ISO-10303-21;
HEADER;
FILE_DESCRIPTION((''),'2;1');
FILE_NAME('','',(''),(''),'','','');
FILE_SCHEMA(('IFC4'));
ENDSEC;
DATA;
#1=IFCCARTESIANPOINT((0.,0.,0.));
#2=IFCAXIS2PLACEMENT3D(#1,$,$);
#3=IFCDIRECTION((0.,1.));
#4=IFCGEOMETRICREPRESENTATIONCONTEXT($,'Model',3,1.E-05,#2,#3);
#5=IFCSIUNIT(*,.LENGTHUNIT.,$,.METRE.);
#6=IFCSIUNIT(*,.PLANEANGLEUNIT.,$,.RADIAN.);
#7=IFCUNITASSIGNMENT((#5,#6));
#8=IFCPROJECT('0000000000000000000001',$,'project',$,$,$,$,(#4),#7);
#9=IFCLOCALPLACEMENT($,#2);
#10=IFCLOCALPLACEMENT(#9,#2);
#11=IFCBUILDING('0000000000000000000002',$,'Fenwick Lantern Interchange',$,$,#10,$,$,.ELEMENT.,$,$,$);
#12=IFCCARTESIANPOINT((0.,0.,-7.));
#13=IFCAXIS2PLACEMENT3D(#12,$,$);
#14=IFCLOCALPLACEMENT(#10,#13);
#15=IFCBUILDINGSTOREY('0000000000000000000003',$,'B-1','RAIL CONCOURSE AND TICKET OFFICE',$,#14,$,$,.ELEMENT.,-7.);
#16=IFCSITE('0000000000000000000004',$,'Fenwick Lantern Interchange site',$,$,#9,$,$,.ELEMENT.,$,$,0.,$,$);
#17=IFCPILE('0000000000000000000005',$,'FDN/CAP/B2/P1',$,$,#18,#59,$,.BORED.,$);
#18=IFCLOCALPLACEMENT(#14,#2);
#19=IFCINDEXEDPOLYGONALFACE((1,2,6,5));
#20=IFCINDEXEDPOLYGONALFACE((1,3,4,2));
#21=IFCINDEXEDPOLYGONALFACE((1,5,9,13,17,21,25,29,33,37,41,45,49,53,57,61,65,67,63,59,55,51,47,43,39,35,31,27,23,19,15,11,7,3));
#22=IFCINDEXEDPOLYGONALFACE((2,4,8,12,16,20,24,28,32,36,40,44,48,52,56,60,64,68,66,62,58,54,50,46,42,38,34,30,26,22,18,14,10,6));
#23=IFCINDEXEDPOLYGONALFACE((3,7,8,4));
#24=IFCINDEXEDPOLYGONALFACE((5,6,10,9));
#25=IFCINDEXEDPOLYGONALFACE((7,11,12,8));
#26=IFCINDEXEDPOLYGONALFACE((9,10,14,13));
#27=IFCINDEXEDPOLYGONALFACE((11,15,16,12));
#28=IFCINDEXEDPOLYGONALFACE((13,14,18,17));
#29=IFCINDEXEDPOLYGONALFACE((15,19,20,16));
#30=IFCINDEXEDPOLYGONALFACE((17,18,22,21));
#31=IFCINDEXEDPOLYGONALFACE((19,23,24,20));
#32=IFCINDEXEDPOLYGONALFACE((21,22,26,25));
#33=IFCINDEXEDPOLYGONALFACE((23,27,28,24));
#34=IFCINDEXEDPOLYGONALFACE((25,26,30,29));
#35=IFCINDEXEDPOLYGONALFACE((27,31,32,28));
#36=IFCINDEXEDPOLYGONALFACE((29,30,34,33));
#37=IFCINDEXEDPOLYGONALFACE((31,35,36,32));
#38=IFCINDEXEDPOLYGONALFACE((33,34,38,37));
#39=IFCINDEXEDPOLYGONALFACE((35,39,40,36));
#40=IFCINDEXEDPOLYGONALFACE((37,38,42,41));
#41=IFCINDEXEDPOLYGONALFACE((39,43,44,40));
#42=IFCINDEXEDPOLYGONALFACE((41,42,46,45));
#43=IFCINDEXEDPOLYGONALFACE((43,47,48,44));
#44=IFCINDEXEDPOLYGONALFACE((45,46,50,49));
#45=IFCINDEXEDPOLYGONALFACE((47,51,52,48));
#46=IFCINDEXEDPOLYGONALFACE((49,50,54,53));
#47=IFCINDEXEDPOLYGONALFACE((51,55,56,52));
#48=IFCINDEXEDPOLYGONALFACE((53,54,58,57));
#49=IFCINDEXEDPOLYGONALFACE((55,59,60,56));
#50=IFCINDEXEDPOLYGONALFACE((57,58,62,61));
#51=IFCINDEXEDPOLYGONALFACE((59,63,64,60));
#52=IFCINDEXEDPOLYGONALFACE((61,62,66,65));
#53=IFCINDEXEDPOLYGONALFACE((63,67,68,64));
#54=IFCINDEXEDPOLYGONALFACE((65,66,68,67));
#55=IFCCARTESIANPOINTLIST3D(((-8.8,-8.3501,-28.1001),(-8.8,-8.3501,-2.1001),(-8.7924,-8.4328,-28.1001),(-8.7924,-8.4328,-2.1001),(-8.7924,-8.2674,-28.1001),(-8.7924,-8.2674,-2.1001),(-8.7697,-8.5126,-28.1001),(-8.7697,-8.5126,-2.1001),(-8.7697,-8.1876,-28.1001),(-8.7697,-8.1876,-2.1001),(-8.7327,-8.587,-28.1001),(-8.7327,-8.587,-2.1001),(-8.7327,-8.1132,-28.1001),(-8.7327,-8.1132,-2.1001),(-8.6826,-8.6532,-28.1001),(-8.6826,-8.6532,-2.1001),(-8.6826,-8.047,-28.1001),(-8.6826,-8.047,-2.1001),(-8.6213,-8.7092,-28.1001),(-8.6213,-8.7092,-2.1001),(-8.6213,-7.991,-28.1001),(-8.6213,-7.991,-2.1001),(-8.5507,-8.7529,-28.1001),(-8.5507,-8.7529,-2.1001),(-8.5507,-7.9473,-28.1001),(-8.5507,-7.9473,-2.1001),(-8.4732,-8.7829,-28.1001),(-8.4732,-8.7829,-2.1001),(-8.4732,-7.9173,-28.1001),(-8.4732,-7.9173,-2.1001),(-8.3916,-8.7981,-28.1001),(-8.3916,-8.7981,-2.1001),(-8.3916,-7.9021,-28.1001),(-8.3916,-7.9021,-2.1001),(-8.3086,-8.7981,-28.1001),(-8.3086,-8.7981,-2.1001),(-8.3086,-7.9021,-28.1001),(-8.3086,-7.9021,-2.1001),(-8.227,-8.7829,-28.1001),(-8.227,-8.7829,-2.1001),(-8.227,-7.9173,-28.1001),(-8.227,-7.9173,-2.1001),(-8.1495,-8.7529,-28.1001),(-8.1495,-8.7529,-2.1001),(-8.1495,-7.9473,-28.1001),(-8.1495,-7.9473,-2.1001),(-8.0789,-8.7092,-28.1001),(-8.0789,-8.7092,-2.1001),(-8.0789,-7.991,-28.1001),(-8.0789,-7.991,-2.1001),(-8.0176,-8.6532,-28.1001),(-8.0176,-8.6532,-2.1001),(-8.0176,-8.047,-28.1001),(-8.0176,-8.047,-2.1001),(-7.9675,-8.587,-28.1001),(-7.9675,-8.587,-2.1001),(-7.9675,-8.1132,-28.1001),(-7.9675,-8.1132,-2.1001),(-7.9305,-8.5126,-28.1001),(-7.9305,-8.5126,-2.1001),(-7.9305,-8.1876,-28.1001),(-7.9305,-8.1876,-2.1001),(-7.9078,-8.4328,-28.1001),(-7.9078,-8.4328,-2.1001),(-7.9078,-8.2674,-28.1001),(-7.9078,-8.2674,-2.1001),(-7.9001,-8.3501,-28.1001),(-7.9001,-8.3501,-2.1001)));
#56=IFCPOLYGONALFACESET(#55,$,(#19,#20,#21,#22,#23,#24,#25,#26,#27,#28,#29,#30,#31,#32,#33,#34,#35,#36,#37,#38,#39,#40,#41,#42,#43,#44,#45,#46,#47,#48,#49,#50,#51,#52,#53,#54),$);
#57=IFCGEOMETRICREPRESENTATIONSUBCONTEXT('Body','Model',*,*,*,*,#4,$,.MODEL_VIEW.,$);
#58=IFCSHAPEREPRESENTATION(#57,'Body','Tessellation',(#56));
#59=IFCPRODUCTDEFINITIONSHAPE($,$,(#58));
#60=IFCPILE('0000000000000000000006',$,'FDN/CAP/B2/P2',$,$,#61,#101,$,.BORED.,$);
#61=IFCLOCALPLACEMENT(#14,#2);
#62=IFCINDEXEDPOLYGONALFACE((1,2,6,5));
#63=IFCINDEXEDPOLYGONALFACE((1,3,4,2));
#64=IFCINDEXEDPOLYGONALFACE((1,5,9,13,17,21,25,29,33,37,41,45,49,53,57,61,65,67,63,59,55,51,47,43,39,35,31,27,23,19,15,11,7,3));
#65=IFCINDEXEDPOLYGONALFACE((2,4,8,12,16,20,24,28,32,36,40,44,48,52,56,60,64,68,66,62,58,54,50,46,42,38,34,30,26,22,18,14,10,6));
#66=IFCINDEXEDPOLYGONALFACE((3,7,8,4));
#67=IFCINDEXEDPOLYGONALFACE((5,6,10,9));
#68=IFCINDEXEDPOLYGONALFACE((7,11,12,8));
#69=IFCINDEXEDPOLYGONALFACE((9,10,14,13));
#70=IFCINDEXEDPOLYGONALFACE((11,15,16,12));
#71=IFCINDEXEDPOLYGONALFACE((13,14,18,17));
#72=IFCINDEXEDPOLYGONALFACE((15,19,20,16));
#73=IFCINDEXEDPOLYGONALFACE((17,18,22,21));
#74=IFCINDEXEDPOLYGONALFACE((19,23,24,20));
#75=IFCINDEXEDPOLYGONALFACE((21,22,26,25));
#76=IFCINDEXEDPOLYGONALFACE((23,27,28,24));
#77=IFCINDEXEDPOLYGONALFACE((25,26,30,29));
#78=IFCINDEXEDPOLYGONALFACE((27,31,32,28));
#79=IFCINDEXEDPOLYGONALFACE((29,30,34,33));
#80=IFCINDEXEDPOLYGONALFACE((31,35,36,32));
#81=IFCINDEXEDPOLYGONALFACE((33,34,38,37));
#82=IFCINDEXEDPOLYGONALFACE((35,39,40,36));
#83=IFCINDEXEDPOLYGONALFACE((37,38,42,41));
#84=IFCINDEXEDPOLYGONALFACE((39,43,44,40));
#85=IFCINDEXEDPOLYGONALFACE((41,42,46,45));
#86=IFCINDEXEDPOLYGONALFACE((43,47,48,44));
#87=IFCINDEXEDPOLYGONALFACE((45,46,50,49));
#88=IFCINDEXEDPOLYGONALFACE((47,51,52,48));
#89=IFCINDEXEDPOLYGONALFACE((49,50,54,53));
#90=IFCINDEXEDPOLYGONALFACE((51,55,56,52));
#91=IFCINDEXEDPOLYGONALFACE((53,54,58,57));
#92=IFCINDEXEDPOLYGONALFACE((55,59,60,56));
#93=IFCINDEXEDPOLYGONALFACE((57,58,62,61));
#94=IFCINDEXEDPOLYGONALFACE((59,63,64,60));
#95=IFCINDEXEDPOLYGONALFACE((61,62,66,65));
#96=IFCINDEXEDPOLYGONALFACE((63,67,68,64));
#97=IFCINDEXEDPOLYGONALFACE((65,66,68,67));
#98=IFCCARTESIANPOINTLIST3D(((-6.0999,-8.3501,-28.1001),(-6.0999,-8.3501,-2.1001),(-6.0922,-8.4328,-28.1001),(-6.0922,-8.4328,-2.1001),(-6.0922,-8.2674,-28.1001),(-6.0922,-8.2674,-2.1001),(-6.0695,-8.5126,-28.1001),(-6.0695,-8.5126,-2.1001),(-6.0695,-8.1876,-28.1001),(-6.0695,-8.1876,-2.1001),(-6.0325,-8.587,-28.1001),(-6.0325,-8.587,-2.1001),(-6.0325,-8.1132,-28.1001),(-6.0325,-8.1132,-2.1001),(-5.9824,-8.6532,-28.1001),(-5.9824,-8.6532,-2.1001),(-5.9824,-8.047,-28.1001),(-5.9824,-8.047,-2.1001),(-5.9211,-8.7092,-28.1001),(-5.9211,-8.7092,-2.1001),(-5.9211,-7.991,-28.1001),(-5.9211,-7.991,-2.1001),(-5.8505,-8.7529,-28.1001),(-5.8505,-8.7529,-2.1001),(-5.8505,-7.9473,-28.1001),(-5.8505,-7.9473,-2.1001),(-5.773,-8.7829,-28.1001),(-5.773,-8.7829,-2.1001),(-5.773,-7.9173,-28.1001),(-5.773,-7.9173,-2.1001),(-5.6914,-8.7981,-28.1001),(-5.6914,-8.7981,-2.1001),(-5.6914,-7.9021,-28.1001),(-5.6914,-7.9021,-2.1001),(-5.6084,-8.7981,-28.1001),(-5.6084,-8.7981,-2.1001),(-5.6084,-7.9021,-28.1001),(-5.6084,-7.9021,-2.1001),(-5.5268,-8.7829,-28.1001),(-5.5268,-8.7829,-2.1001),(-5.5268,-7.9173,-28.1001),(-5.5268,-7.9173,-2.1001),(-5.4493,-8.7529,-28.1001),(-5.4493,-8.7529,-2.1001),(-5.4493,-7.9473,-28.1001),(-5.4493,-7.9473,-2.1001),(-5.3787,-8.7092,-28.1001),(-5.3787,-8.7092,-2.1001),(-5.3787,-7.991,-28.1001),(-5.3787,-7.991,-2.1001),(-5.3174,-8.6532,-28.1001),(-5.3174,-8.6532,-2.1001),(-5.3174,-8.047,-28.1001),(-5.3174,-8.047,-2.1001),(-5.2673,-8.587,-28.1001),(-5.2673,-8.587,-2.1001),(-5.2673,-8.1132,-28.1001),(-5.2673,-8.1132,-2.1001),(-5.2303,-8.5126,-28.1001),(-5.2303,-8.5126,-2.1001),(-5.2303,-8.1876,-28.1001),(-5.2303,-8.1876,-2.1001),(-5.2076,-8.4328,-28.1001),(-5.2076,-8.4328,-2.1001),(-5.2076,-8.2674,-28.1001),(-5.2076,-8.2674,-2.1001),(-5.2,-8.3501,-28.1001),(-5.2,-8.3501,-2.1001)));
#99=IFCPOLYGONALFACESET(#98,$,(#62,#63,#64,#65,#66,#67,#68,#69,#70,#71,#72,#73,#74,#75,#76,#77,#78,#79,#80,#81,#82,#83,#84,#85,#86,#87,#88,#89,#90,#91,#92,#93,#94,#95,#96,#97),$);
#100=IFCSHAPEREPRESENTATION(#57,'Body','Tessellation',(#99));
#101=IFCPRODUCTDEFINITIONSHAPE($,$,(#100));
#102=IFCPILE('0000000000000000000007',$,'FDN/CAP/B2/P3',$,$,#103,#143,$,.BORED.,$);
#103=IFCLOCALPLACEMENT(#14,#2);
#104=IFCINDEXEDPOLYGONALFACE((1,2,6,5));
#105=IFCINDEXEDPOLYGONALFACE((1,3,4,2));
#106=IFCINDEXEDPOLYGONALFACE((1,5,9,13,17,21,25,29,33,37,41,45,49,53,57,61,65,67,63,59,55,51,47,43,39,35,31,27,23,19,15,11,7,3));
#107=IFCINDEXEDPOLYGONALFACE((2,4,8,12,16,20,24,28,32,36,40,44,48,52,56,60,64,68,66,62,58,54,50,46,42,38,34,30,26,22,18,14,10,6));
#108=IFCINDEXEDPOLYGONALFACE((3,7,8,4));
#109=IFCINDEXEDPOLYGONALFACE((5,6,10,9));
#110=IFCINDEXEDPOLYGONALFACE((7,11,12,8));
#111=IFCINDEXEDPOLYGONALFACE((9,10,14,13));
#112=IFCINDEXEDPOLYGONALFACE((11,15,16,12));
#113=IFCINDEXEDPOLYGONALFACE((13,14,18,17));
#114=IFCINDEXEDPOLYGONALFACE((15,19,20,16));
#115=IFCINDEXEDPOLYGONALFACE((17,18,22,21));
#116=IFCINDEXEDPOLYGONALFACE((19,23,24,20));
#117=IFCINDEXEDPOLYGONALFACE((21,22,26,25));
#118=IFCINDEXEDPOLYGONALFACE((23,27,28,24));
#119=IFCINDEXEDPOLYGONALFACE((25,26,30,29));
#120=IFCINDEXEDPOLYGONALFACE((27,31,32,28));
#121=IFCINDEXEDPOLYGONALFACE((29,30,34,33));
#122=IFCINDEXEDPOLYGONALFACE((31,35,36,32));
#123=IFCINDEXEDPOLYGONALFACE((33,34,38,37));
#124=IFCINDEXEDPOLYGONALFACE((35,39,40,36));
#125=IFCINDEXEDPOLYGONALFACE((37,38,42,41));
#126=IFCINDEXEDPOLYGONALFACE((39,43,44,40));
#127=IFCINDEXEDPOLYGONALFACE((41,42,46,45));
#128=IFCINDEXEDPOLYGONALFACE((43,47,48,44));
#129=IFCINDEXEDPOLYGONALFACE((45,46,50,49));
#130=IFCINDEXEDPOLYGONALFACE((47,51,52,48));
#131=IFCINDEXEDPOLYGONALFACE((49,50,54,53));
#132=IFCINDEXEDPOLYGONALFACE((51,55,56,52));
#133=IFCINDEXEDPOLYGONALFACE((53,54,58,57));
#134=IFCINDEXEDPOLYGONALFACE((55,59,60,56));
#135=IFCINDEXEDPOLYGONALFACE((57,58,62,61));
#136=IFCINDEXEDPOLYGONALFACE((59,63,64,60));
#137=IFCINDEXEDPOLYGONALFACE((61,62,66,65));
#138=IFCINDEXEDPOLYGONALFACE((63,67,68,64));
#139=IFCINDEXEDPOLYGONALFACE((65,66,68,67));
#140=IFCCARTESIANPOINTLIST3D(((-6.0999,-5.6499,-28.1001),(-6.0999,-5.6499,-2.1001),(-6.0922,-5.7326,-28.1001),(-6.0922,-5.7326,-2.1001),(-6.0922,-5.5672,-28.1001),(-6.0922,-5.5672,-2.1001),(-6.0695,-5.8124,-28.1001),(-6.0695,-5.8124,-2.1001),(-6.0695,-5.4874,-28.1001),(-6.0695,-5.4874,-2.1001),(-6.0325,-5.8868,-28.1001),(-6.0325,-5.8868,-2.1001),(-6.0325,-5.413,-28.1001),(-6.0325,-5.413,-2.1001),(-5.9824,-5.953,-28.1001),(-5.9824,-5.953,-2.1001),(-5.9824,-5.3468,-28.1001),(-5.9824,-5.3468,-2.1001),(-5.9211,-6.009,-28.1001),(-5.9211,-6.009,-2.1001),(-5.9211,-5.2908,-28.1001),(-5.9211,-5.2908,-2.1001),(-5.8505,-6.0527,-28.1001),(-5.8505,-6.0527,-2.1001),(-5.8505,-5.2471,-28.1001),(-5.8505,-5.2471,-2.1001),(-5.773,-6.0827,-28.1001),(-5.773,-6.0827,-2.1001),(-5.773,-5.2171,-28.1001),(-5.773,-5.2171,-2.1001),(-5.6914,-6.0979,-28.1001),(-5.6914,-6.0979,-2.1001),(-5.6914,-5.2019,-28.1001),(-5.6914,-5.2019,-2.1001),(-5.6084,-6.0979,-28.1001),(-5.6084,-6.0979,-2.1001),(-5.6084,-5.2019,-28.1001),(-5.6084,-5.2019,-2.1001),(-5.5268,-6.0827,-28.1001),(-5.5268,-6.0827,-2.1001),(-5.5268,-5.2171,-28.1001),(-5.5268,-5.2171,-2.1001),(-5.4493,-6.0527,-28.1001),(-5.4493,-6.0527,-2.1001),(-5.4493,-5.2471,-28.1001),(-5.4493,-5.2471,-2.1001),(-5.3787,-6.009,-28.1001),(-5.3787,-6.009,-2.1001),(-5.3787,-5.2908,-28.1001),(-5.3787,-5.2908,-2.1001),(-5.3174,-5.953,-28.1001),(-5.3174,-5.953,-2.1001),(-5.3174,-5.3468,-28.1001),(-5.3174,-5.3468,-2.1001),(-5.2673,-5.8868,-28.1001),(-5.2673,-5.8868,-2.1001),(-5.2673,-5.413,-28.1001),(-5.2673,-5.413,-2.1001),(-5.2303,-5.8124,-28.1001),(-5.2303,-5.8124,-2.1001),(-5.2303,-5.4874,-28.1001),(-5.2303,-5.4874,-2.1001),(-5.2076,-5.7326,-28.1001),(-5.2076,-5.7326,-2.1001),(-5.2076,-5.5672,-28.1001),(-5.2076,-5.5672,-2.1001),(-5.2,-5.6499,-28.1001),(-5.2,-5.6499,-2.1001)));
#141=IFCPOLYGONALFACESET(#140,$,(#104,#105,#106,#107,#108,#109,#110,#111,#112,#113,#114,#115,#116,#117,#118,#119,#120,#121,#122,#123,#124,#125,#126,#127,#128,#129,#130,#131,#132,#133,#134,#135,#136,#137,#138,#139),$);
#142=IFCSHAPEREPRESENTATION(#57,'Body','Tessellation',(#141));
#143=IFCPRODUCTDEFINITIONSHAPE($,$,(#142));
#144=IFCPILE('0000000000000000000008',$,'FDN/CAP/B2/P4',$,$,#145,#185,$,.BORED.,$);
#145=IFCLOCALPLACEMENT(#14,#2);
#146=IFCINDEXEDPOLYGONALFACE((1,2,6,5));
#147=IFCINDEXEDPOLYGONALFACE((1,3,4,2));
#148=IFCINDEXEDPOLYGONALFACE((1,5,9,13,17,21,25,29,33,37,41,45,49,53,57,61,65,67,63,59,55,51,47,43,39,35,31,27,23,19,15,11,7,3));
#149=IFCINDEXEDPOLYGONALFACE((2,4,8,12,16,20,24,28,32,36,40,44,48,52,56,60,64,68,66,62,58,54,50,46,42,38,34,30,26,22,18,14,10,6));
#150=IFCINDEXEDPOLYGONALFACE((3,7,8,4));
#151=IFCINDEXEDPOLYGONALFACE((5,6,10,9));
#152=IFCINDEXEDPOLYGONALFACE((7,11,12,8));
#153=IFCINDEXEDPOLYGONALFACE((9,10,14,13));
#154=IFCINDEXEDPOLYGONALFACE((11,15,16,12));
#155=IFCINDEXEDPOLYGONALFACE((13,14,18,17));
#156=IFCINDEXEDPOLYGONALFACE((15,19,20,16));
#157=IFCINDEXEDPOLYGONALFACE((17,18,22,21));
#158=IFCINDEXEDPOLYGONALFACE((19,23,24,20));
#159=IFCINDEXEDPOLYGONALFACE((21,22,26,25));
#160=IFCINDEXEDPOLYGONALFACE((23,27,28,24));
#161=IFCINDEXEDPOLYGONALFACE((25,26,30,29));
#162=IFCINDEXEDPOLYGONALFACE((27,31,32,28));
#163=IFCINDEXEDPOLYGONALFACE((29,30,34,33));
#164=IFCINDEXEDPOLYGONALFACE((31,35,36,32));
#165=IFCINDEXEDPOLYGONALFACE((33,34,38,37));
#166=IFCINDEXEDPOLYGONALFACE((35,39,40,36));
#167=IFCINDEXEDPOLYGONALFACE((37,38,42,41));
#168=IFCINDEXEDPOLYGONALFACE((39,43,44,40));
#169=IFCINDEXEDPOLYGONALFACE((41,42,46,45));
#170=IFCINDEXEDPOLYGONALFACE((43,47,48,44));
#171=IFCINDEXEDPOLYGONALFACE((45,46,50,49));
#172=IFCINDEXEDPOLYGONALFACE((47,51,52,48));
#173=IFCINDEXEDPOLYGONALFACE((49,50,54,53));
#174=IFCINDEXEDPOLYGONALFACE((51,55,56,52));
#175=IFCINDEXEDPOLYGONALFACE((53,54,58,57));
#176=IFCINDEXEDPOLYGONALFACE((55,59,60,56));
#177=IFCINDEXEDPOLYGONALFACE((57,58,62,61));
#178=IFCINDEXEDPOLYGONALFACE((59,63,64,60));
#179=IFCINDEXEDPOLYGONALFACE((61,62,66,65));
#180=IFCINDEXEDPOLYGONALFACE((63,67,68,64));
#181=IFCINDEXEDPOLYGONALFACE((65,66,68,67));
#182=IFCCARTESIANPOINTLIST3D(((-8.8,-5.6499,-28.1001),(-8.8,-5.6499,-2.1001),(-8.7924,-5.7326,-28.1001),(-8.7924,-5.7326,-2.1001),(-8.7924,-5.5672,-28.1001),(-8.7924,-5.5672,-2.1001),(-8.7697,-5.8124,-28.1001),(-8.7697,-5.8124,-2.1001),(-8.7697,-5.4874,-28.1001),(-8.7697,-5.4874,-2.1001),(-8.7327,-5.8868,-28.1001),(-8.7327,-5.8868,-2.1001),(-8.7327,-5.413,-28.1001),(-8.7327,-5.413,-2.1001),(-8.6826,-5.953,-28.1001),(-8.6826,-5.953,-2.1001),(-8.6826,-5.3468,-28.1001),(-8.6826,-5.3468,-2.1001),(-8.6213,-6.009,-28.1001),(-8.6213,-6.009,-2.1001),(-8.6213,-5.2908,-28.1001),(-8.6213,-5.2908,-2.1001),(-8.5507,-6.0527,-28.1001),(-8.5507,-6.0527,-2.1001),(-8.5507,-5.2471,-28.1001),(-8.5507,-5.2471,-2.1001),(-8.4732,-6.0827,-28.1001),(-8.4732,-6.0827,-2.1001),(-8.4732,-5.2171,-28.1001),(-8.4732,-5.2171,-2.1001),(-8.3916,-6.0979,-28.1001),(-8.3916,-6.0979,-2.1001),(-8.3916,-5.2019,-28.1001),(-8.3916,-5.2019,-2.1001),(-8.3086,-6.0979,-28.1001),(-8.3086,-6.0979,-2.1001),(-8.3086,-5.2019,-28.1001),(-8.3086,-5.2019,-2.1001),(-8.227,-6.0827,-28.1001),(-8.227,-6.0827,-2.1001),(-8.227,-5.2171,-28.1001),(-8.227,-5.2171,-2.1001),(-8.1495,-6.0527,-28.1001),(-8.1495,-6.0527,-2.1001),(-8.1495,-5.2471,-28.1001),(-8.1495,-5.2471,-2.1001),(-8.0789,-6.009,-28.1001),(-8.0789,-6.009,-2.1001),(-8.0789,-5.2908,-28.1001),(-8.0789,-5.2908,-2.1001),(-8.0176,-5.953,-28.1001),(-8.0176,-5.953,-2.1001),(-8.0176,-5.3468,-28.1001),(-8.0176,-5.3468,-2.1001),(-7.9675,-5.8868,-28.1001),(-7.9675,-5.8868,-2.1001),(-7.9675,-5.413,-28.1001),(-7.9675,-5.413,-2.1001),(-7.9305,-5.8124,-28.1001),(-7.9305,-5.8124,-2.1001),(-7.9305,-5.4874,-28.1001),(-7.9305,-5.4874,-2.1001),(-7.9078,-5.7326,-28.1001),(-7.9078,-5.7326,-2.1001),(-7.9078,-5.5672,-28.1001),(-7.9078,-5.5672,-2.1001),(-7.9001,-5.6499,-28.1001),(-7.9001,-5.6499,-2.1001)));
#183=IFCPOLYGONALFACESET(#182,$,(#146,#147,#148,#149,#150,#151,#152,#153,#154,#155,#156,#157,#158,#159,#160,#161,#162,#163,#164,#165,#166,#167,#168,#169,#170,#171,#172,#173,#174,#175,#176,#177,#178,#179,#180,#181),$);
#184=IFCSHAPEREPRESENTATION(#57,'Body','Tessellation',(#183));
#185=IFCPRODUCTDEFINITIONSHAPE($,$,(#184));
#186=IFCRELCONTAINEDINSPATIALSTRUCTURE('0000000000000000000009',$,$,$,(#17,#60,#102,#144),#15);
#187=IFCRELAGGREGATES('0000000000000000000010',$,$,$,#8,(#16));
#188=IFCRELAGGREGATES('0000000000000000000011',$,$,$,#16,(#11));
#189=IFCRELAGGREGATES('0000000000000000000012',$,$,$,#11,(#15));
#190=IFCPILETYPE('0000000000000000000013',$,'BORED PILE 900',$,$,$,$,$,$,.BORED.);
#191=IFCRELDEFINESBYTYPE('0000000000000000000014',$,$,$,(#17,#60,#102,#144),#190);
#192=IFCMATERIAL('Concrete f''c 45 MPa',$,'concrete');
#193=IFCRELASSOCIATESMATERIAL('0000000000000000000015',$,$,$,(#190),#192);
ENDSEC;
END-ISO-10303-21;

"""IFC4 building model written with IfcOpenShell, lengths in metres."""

from ifc_helpers import new_model, si_unit, direction, frame, origin, origin_2d, place, context, subcontext, project, spatial, circle, extrude, material, type_object, element, save


model = new_model("IFC4")

# Units and contexts
model_context = context("Model", 3, precision=1e-05, world=origin(), true_north=direction((0.0, 1.0)))
body_context = subcontext(model_context, "Body", "Model", "MODEL_VIEW")
ifc_project = project(units=[si_unit("LENGTHUNIT", "METRE"), si_unit("PLANEANGLEUNIT", "RADIAN")], contexts=[model_context])

# Site, building, storey
site_placement = place(None, origin())
site = spatial("IfcSite", under=ifc_project, at=site_placement, Name="Fenwick Lantern Interchange site", CompositionType="ELEMENT", RefElevation=0.0)
building_placement = place(site_placement, origin())
building = spatial("IfcBuilding", under=site, at=building_placement, Name="Fenwick Lantern Interchange", CompositionType="ELEMENT")
storey_placement = place(building_placement, frame((0.0, 0.0, -7.0)))
storey = spatial("IfcBuildingStorey", under=building, at=storey_placement, Name="B-1", Description="RAIL CONCOURSE AND TICKET OFFICE", CompositionType="ELEMENT", Elevation=-7.0)

# Piles
ifc_material_1 = material(Name="Concrete f'c 45 MPa", Category="concrete")
pile_type = type_object("IfcPileType", Name="BORED PILE 900", PredefinedType="BORED", material=ifc_material_1)
for number, where, z_axis, x_axis, name in (
    (1, (-8.3501, -8.3501, -2.1001), (0.0, 0.0, -1.0), (1.0, 0.0, 0.0), "FDN/CAP/B2/P1"),
    (2, (-5.6499, -8.3501, -2.1001), (0.0, 0.0, -1.0), (1.0, 0.0, 0.0), "FDN/CAP/B2/P2"),
    (3, (-5.6499, -5.6499, -2.1001), (0.0, 0.0, -1.0), (1.0, 0.0, 0.0), "FDN/CAP/B2/P3"),
    (4, (-8.3501, -5.6499, -2.1001), (0.0, 0.0, -1.0), (1.0, 0.0, 0.0), "FDN/CAP/B2/P4"),
):
    element("IfcPile", number, at=place(storey_placement, frame(where, z_axis=z_axis, x_axis=x_axis)), inside=storey, type_object=pile_type, Name=name, PredefinedType="BORED", context=body_context, shape_type="SweptSolid", body=[
        extrude(circle(Radius=0.45, at=origin_2d()), origin(), (0.0, 0.0, 1.0), 26.0),
    ])

save(model, "model.ifc")
